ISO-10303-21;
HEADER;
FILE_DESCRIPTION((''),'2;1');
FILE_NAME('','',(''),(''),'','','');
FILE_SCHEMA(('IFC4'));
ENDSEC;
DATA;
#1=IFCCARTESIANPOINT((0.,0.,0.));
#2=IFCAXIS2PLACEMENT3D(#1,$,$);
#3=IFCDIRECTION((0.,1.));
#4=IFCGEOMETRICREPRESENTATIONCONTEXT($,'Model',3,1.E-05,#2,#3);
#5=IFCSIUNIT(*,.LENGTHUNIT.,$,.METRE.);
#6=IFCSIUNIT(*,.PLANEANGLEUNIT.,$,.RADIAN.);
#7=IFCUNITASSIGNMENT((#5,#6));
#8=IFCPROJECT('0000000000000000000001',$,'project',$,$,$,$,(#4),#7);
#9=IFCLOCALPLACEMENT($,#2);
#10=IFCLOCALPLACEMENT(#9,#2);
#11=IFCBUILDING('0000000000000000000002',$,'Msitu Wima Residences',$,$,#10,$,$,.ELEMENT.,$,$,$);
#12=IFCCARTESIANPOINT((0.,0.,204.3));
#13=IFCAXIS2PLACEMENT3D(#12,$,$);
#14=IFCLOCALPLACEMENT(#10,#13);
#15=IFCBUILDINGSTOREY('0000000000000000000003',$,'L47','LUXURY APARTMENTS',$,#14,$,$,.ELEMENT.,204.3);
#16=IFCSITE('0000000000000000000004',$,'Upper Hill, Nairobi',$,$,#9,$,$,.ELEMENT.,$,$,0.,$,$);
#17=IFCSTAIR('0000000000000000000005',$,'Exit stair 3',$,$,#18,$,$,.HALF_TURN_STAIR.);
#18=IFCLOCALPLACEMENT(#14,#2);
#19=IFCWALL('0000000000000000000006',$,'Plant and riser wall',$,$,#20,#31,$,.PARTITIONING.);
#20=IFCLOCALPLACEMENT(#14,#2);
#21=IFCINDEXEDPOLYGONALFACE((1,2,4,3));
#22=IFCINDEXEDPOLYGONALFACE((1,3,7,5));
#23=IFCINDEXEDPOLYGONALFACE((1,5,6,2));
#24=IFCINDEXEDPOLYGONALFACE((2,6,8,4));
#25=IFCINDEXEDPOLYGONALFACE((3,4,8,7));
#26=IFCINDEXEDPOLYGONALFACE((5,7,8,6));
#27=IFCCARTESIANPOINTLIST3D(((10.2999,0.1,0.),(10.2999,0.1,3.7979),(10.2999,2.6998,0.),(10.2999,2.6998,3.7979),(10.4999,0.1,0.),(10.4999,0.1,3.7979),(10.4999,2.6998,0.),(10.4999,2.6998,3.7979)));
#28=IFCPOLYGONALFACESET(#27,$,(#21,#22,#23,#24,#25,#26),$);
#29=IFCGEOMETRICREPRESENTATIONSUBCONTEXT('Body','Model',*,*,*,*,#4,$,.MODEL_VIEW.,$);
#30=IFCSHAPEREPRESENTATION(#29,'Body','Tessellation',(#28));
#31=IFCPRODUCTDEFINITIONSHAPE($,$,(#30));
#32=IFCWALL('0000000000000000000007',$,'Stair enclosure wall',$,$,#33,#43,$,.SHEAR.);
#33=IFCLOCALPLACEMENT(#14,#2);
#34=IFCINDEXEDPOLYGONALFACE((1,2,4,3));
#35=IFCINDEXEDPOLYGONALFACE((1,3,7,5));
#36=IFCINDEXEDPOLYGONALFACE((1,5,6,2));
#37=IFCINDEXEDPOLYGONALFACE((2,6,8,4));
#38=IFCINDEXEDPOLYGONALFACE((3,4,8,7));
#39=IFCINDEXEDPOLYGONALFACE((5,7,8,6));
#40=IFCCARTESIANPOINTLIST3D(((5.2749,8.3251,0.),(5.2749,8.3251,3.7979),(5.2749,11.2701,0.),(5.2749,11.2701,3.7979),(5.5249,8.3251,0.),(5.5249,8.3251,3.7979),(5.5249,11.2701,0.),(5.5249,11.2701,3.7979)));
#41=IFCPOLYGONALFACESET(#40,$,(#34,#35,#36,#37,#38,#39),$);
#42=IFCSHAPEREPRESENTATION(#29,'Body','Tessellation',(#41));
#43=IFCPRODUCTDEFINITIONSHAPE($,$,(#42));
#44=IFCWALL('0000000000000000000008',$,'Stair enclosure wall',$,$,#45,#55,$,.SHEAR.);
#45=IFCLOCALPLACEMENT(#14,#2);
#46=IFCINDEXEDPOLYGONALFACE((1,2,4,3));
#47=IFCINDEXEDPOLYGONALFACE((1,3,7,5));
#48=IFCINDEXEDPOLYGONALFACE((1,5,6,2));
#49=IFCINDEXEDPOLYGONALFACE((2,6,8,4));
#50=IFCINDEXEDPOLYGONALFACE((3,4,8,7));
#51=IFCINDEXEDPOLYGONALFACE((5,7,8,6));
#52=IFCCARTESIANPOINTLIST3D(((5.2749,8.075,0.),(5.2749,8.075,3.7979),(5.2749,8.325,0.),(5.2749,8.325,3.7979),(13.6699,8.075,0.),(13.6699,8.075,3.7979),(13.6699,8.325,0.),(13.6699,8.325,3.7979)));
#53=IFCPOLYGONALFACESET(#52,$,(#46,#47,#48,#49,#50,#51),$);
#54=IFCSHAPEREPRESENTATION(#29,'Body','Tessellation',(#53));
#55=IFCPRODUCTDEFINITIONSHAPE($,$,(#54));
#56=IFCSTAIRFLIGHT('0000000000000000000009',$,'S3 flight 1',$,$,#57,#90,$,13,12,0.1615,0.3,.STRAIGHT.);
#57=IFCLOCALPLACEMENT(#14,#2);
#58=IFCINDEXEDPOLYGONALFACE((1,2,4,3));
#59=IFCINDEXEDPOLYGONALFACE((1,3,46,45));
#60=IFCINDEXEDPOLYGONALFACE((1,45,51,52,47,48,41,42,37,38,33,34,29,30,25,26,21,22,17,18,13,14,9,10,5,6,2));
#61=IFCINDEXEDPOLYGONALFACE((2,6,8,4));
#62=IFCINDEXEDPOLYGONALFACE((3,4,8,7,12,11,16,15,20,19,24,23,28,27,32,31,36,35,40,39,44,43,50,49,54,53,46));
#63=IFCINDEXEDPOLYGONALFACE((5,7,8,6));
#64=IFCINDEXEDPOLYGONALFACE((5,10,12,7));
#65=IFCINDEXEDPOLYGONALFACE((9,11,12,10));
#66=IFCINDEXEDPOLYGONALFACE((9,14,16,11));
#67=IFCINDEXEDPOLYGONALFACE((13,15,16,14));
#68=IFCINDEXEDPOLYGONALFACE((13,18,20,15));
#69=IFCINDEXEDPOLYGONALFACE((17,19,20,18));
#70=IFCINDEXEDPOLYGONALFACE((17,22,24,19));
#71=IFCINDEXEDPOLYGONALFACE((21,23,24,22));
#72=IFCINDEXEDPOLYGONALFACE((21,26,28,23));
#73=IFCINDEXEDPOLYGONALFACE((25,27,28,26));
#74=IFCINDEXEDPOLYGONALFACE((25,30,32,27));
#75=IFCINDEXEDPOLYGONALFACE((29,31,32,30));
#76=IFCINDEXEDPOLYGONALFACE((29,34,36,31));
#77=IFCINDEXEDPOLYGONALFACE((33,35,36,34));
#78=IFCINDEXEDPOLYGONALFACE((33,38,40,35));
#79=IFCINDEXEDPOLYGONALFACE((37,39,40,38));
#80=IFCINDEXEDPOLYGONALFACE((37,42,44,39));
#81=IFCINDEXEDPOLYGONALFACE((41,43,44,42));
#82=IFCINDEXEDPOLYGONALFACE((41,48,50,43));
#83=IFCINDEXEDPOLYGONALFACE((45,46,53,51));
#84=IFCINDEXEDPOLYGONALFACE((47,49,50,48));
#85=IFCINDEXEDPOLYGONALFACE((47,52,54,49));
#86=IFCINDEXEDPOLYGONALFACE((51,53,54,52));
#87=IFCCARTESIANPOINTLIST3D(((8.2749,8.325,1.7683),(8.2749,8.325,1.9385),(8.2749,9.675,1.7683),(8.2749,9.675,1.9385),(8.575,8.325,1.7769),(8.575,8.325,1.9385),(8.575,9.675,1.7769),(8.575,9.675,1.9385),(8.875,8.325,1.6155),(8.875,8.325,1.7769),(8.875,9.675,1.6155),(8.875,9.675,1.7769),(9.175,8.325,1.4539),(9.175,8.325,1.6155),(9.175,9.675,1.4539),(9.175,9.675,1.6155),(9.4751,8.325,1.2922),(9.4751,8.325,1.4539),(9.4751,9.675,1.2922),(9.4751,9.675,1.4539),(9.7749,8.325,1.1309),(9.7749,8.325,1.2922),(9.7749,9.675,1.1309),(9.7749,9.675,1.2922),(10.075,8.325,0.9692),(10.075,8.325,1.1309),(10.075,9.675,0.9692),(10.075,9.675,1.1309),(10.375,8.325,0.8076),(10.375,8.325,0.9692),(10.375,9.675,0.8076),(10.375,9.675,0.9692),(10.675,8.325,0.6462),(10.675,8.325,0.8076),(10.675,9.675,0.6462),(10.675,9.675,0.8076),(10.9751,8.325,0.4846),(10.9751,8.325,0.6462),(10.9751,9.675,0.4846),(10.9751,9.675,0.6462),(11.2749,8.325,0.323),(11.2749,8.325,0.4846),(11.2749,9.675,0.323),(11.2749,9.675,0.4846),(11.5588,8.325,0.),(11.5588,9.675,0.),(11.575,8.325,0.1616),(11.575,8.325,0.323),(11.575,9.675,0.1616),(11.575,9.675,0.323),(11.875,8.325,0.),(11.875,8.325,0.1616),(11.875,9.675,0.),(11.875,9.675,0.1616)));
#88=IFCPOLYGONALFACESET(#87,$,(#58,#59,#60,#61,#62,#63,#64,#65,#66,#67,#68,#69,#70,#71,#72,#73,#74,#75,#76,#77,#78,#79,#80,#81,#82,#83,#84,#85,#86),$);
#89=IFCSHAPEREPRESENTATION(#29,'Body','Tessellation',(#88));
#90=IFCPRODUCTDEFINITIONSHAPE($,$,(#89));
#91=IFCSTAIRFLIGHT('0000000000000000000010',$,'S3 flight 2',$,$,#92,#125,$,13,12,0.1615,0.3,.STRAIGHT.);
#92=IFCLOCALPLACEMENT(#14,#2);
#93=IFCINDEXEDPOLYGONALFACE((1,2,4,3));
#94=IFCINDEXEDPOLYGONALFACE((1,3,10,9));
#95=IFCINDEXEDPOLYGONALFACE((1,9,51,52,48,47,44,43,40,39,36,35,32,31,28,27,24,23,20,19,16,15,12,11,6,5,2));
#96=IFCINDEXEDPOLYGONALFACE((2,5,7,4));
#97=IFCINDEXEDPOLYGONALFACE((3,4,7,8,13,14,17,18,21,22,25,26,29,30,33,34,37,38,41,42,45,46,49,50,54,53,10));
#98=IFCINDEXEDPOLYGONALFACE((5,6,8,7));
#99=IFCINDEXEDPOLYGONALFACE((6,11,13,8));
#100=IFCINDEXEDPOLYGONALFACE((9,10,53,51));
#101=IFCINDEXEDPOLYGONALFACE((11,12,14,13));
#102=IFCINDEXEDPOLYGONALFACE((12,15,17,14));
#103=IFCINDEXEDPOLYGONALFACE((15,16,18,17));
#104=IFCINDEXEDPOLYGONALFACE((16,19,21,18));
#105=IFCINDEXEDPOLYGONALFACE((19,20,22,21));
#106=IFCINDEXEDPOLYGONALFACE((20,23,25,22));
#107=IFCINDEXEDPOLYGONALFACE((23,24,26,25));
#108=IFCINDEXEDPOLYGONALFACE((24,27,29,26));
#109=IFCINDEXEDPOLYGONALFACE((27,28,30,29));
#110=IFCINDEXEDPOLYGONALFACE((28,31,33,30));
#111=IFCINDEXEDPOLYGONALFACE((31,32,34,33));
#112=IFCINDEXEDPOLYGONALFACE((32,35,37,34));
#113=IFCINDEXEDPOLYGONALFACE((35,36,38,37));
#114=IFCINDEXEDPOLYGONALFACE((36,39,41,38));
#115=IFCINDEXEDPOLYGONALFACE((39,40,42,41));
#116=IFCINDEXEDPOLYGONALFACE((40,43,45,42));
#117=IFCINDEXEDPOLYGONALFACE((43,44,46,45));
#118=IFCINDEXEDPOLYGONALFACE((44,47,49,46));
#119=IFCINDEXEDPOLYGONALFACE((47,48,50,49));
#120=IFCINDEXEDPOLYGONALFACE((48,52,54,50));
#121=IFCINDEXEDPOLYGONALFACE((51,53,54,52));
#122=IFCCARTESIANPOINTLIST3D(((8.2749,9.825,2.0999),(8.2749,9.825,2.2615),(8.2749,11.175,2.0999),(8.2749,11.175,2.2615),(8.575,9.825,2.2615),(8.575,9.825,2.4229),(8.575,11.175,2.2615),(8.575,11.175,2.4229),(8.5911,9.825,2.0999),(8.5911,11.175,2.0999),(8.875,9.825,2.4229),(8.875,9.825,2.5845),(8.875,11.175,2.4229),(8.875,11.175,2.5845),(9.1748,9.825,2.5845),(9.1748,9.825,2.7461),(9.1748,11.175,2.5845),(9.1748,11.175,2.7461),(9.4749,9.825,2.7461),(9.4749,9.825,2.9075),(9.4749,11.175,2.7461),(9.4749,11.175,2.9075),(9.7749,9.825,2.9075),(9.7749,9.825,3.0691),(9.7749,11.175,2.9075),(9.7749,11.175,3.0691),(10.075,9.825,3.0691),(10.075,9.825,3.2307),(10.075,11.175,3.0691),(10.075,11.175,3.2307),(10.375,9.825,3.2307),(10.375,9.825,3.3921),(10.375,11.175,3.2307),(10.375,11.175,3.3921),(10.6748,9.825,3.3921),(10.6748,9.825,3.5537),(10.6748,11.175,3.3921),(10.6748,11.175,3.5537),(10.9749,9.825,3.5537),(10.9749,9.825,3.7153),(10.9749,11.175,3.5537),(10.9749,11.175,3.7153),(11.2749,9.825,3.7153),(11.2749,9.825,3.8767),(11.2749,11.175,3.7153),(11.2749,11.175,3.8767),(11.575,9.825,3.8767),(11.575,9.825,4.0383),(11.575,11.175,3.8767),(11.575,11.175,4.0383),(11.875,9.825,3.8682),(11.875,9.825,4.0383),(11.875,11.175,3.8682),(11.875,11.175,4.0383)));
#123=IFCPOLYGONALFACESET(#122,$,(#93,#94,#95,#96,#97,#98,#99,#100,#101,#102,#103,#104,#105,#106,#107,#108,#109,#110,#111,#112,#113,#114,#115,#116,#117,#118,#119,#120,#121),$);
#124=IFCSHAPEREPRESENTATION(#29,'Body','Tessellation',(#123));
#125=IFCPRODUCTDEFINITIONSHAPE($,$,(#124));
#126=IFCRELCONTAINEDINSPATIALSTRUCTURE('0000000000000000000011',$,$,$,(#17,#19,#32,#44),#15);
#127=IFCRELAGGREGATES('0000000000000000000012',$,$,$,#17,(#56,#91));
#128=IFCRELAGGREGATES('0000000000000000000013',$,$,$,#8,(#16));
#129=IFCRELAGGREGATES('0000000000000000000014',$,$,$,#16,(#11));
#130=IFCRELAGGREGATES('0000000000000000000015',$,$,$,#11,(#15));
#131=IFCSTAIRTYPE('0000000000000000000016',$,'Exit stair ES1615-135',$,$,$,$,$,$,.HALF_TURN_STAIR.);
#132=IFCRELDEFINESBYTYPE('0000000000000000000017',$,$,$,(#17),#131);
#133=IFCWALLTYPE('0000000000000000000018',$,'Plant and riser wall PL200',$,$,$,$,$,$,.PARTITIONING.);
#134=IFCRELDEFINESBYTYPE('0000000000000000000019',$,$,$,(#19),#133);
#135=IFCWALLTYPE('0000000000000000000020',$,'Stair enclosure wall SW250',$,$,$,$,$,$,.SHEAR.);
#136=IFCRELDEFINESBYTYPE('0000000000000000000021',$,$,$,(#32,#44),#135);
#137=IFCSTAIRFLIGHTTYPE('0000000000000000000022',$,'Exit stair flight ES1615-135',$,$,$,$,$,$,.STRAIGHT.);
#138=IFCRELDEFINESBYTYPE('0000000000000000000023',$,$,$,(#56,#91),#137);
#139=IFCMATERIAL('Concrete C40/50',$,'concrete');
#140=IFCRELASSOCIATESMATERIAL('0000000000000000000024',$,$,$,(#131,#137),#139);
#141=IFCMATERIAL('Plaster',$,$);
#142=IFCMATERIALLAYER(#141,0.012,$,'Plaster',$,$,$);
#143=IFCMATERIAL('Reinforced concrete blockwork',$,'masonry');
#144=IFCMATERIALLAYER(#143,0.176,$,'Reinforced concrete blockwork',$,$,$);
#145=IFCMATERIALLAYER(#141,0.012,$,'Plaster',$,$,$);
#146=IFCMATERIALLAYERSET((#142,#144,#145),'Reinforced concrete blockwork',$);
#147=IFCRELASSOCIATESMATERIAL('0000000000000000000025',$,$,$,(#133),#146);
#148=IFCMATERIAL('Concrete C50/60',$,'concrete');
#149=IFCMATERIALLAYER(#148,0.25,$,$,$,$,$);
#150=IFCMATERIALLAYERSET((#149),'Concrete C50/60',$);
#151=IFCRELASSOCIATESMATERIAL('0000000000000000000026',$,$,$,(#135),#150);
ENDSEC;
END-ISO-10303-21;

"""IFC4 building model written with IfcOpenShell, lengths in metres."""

from ifc_helpers import new_model, si_unit, direction, frame, frame_2d, origin, place, context, subcontext, project, spatial, polyline, rectangle, outline, extrude, material, layer, layer_set, type_object, element, aggregate, save


model = new_model("IFC4")

# Units and contexts
model_context = context("Model", 3, precision=1e-05, world=origin(), true_north=direction((0.0, 1.0)))
body_context = subcontext(model_context, "Body", "Model", "MODEL_VIEW")
ifc_project = project(units=[si_unit("LENGTHUNIT", "METRE"), si_unit("PLANEANGLEUNIT", "RADIAN")], contexts=[model_context])

# Site, building, storey
site_placement = place(None, origin())
site = spatial("IfcSite", under=ifc_project, at=site_placement, Name="Upper Hill, Nairobi", CompositionType="ELEMENT", RefElevation=0.0)
building_placement = place(site_placement, origin())
building = spatial("IfcBuilding", under=site, at=building_placement, Name="Msitu Wima Residences", CompositionType="ELEMENT")
storey_placement = place(building_placement, frame((0.0, 0.0, 204.3)))
storey = spatial("IfcBuildingStorey", under=building, at=storey_placement, Name="L47", Description="LUXURY APARTMENTS", CompositionType="ELEMENT", Elevation=204.3)

# Shared definitions
ifc_material_1 = material(Name="Concrete C40/50", Category="concrete")

# Stair
stair_type = type_object("IfcStairType", Name="Exit stair ES1615-135", PredefinedType="HALF_TURN_STAIR", material=ifc_material_1)
stair_1_placement = place(storey_placement, origin())
stair_1 = element("IfcStair", 1, at=stair_1_placement, inside=storey, type_object=stair_type, Name="Exit stair 3", PredefinedType="HALF_TURN_STAIR")

# Walls
ifc_material_2 = material(Name="Plaster")
ifc_layer_1 = layer(ifc_material_2, 0.012, Name="Plaster")
ifc_material_3 = material(Name="Reinforced concrete blockwork", Category="masonry")
ifc_layer_2 = layer(ifc_material_3, 0.176, Name="Reinforced concrete blockwork")
ifc_layer_3 = layer(ifc_material_2, 0.012, Name="Plaster")
ifc_layer_set_1 = layer_set([ifc_layer_1, ifc_layer_2, ifc_layer_3], Name="Reinforced concrete blockwork")
wall_type_1 = type_object("IfcWallType", Name="Plant and riser wall PL200", PredefinedType="PARTITIONING", material=ifc_layer_set_1)
wall_1_placement = place(storey_placement, frame((10.3999, 0.1001, 0.0), z_axis=(0.0, 0.0, 1.0), x_axis=(0.0, 1.0, 0.0)))
element("IfcWall", 2, at=wall_1_placement, inside=storey, type_object=wall_type_1, Name="Plant and riser wall", PredefinedType="PARTITIONING", context=body_context, shape_type="SweptSolid", body=[
    extrude(rectangle(XDim=2.5999, YDim=0.2, at=frame_2d((1.2998, 0.0))), origin(), (0.0, 0.0, 1.0), 3.7979),
])
ifc_material_4 = material(Name="Concrete C50/60", Category="concrete")
ifc_layer_4 = layer(ifc_material_4, 0.25)
ifc_layer_set_2 = layer_set([ifc_layer_4], Name="Concrete C50/60")
wall_type_2 = type_object("IfcWallType", Name="Stair enclosure wall SW250", PredefinedType="SHEAR", material=ifc_layer_set_2)
wall_2_placement = place(storey_placement, frame((5.3999, 8.325, 0.0), z_axis=(0.0, 0.0, 1.0), x_axis=(0.0, 1.0, 0.0)))
element("IfcWall", 3, at=wall_2_placement, inside=storey, type_object=wall_type_2, Name="Stair enclosure wall", PredefinedType="SHEAR", context=body_context, shape_type="SweptSolid", body=[
    extrude(rectangle(XDim=2.9451, YDim=0.25, at=frame_2d((1.4727, 0.0))), origin(), (0.0, 0.0, 1.0), 3.7979),
])
wall_3_placement = place(storey_placement, frame((5.2749, 8.2, 0.0), z_axis=(0.0, 0.0, 1.0), x_axis=(1.0, 0.0, 0.0)))
element("IfcWall", 4, at=wall_3_placement, inside=storey, type_object=wall_type_2, Name="Stair enclosure wall", PredefinedType="SHEAR", context=body_context, shape_type="SweptSolid", body=[
    extrude(rectangle(XDim=8.395, YDim=0.25, at=frame_2d((4.1975, 0.0))), origin(), (0.0, 0.0, 1.0), 3.7979),
])

# Stair flights
stair_flight_type = type_object("IfcStairFlightType", Name="Exit stair flight ES1615-135", PredefinedType="STRAIGHT", material=ifc_material_1)
stair_flight_1_placement = place(storey_placement, frame((11.875, 9.0, 0.0), z_axis=(0.0, 0.0, 1.0), x_axis=(-1.0, 0.0, 0.0)))
stair_flight_1 = element("IfcStairFlight", 5, at=stair_flight_1_placement, type_object=stair_flight_type, Name="S3 flight 1", NumberOfRisers=13, NumberOfTreads=12, PredefinedType="STRAIGHT", RiserHeight=0.1615, TreadLength=0.3, context=body_context, shape_type="SweptSolid", body=[
    extrude(outline(polyline([(0.0, 0.0), (0.0, 0.1616), (0.3, 0.1616), (0.3, 0.323), (0.6001, 0.323), (0.6001, 0.4846), (0.8999, 0.4846), (0.8999, 0.6462), (1.2, 0.6462), (1.2, 0.8076), (1.5, 0.8076), (1.5, 0.9692), (1.8, 0.9692), (1.8, 1.1309), (2.1001, 1.1309), (2.1001, 1.2922), (2.3999, 1.2922), (2.3999, 1.4539), (2.7, 1.4539), (2.7, 1.6155), (3.0, 1.6155), (3.0, 1.7769), (3.3, 1.7769), (3.3, 1.9385), (3.6001, 1.9385), (3.6001, 2.1001), (3.6001, 1.7683), (0.3162, 0.0), (0.0, 0.0)])), frame((0.0, 0.675, 0.0), z_axis=(0.0, -1.0, 0.0), x_axis=(1.0, 0.0, 0.0)), (0.0, 0.0, 1.0), 1.3501),
])
stair_flight_2_placement = place(storey_placement, frame((8.2749, 10.5, 2.0999), z_axis=(0.0, 0.0, 1.0), x_axis=(1.0, 0.0, 0.0)))
stair_flight_2 = element("IfcStairFlight", 6, at=stair_flight_2_placement, type_object=stair_flight_type, Name="S3 flight 2", NumberOfRisers=13, NumberOfTreads=12, PredefinedType="STRAIGHT", RiserHeight=0.1615, TreadLength=0.3, context=body_context, shape_type="SweptSolid", body=[
    extrude(outline(polyline([(0.0, 0.0), (0.0, 0.1616), (0.3, 0.1616), (0.3, 0.323), (0.6001, 0.323), (0.6001, 0.4846), (0.8999, 0.4846), (0.8999, 0.6462), (1.2, 0.6462), (1.2, 0.8076), (1.5, 0.8076), (1.5, 0.9692), (1.8, 0.9692), (1.8, 1.1309), (2.1001, 1.1309), (2.1001, 1.2922), (2.3999, 1.2922), (2.3999, 1.4539), (2.7, 1.4539), (2.7, 1.6155), (3.0, 1.6155), (3.0, 1.7769), (3.3, 1.7769), (3.3, 1.9385), (3.6001, 1.9385), (3.6001, 2.1001), (3.6001, 1.7683), (0.3162, 0.0), (0.0, 0.0)])), frame((0.0, 0.675, 0.0), z_axis=(0.0, -1.0, 0.0), x_axis=(1.0, 0.0, 0.0)), (0.0, 0.0, 1.0), 1.3501),
])
aggregate(stair_1, [stair_flight_1, stair_flight_2])

save(model, "model.ifc")
